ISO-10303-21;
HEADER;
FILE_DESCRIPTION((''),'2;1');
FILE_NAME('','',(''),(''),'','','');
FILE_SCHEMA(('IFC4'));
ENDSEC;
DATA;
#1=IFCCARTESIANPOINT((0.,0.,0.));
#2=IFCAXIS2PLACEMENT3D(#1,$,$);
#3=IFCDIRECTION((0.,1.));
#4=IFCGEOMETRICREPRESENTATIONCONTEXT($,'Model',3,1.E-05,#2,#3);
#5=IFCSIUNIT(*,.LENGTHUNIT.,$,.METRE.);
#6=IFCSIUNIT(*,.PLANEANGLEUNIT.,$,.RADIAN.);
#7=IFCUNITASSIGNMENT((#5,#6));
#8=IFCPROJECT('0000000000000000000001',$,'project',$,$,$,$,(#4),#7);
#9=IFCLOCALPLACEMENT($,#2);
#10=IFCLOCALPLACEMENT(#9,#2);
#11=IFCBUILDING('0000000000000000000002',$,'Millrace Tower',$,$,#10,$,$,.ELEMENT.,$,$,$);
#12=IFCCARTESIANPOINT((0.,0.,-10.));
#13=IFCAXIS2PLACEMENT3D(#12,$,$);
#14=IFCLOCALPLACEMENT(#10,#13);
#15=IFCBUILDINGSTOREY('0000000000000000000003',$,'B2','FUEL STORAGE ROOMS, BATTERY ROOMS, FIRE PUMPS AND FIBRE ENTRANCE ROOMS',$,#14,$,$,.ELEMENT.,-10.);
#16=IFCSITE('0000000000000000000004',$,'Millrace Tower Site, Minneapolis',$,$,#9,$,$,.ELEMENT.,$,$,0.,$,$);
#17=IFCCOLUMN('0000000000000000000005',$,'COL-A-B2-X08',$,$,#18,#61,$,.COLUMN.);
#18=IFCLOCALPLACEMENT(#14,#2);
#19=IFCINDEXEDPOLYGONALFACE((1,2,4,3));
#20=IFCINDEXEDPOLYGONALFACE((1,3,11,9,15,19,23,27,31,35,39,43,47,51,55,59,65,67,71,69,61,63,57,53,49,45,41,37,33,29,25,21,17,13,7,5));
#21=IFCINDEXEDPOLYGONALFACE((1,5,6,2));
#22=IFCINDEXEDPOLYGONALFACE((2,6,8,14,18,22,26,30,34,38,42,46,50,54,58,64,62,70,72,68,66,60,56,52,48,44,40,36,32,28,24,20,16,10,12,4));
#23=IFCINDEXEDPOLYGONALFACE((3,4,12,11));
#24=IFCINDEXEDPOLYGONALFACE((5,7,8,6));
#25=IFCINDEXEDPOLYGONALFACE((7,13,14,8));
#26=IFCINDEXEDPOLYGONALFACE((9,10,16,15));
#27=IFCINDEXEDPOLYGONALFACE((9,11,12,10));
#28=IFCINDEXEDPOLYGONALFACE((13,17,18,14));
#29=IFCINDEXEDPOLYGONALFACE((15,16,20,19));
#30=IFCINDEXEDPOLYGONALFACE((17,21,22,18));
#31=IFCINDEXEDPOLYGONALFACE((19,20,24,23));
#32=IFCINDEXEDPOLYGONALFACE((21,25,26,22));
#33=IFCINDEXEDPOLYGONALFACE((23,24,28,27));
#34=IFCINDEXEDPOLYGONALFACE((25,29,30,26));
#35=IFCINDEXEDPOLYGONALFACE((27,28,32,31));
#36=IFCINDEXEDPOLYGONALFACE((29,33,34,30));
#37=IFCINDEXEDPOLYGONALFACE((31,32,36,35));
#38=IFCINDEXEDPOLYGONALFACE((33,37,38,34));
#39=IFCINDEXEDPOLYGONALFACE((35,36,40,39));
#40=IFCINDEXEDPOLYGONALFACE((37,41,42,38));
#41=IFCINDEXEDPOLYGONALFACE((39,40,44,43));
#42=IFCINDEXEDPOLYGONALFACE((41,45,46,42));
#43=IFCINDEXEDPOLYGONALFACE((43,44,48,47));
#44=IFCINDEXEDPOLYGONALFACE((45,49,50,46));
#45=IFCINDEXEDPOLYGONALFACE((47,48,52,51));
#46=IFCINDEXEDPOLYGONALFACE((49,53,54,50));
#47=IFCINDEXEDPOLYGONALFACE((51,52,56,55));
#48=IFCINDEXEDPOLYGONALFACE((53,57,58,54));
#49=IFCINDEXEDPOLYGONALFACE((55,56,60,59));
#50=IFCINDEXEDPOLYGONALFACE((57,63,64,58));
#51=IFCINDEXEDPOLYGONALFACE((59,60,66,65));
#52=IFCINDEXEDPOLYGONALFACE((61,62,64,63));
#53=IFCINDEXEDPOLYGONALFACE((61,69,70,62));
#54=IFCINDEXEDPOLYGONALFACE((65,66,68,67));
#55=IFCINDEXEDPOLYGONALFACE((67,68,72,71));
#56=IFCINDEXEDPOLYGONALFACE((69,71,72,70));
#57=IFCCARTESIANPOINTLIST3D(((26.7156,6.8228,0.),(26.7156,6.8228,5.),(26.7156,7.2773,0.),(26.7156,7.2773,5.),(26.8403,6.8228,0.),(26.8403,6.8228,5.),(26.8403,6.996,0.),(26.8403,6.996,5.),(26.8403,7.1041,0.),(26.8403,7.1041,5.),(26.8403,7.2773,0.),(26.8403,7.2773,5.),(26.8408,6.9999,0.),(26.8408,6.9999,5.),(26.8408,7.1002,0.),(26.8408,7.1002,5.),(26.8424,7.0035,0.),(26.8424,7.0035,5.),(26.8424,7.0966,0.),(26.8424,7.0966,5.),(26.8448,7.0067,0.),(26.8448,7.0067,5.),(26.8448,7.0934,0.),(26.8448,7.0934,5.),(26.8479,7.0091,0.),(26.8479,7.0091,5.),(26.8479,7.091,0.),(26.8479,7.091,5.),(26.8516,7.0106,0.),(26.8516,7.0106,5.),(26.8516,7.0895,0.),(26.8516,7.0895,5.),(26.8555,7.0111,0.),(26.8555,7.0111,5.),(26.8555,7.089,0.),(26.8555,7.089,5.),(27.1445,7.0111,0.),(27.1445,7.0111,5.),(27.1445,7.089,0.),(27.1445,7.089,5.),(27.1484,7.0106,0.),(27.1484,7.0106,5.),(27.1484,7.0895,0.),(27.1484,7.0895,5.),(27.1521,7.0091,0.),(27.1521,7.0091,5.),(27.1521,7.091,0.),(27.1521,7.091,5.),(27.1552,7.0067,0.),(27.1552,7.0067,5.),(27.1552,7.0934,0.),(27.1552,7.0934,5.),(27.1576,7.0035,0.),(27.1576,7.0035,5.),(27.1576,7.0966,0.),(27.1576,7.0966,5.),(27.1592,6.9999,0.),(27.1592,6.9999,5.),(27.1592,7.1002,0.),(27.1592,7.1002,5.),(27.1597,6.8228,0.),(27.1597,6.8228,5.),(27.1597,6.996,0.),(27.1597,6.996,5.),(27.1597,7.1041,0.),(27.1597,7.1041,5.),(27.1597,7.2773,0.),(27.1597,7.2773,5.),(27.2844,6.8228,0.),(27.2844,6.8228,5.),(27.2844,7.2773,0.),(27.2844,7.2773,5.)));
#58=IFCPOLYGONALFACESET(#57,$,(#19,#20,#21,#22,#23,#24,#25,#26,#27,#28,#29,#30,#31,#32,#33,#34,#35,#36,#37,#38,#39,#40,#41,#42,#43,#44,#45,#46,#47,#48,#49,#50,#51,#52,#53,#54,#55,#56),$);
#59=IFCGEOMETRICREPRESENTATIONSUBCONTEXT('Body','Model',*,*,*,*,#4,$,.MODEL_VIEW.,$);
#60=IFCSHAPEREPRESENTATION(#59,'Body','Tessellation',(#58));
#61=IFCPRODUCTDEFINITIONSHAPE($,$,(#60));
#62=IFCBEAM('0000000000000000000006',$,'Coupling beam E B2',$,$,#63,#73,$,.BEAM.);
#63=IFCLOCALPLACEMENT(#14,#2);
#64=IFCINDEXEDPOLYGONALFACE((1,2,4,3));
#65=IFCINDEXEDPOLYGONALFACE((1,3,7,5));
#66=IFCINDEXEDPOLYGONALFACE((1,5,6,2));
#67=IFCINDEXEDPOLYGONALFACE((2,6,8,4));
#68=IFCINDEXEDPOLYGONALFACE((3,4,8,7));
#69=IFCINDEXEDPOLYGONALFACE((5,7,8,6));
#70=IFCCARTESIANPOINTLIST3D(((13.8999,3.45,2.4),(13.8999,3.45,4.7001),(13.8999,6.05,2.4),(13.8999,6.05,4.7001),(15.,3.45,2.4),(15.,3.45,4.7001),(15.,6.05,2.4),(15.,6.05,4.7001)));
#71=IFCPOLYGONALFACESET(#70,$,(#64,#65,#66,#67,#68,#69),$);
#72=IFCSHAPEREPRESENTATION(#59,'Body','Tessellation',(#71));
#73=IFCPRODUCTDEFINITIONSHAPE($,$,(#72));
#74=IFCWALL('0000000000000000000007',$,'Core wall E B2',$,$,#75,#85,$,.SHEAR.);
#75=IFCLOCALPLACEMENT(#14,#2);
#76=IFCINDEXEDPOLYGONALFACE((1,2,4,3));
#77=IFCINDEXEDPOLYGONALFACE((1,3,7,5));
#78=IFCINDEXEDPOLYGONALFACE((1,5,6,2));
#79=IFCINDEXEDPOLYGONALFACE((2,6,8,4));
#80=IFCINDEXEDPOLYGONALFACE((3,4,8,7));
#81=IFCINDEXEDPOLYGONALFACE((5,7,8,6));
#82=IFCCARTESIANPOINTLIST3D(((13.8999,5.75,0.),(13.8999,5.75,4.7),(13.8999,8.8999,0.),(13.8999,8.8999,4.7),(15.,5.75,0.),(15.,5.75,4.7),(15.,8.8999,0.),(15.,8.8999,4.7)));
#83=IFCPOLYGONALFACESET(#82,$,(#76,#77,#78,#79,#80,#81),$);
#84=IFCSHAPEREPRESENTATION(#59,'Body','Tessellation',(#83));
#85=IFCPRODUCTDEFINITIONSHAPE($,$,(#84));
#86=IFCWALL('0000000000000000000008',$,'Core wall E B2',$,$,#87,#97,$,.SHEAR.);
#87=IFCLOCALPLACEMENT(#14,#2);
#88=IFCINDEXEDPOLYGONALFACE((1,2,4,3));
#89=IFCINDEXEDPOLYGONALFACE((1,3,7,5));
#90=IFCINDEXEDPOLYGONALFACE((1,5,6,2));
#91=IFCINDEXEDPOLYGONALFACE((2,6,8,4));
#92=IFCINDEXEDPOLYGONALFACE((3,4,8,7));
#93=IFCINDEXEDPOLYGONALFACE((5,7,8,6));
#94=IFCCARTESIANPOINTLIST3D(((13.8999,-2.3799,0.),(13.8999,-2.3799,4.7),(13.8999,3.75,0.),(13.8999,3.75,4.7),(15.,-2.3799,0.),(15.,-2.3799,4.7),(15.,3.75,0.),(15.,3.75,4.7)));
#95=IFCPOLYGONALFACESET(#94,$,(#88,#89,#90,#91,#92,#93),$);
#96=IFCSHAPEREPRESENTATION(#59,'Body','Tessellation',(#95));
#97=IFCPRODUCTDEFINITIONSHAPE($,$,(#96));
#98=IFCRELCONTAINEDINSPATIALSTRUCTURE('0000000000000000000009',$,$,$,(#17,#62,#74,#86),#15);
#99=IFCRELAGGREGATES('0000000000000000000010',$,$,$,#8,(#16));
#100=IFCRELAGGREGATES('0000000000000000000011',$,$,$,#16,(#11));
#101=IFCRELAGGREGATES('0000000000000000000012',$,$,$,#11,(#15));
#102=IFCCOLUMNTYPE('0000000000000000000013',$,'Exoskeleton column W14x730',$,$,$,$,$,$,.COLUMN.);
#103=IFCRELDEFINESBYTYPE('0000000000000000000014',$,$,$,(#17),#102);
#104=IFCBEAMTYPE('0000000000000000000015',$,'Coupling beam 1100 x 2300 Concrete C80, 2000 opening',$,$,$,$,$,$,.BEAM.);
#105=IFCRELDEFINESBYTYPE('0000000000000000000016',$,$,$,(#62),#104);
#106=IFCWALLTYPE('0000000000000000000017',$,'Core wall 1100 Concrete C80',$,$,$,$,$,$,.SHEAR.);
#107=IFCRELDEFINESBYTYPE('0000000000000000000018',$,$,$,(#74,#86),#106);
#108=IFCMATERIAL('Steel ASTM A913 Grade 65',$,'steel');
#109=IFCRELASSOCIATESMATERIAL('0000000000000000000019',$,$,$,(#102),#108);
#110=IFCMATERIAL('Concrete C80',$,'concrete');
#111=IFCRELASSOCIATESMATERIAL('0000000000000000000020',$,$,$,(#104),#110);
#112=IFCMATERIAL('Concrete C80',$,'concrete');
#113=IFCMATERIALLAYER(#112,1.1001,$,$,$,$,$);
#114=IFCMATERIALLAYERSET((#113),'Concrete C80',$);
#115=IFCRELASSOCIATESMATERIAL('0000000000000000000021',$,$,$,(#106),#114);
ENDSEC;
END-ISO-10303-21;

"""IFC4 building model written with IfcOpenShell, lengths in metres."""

from ifc_helpers import new_model, si_unit, direction, frame, frame_2d, origin, origin_2d, place, context, subcontext, project, spatial, rectangle, i_section, extrude, material, layer, layer_set, material_profile, profile_set, type_object, element, save


model = new_model("IFC4")

# Units and contexts
model_context = context("Model", 3, precision=1e-05, world=origin(), true_north=direction((0.0, 1.0)))
body_context = subcontext(model_context, "Body", "Model", "MODEL_VIEW")
ifc_project = project(units=[si_unit("LENGTHUNIT", "METRE"), si_unit("PLANEANGLEUNIT", "RADIAN")], contexts=[model_context])

# Site, building, storey
site_placement = place(None, origin())
site = spatial("IfcSite", under=ifc_project, at=site_placement, Name="Millrace Tower Site, Minneapolis", CompositionType="ELEMENT", RefElevation=0.0)
building_placement = place(site_placement, origin())
building = spatial("IfcBuilding", under=site, at=building_placement, Name="Millrace Tower", CompositionType="ELEMENT")
storey_placement = place(building_placement, frame((0.0, 0.0, -10.0)))
storey = spatial("IfcBuildingStorey", under=building, at=storey_placement, Name="B2", Description="FUEL STORAGE ROOMS, BATTERY ROOMS, FIRE PUMPS AND FIBRE ENTRANCE ROOMS", CompositionType="ELEMENT", Elevation=-10.0)

# Column
ifc_material_1 = material(Name="Steel ASTM A913 Grade 65", Category="steel")
ifc_material_profile_1 = material_profile(ifc_material_1, i_section(OverallWidth=0.4546, OverallDepth=0.5688, WebThickness=0.0779, FlangeThickness=0.1248, FilletRadius=0.0151, at=origin_2d()))
ifc_profile_set_1 = profile_set([ifc_material_profile_1], Name="Steel ASTM A913 Grade 65")
column_type = type_object("IfcColumnType", Name="Exoskeleton column W14x730", PredefinedType="COLUMN", material=ifc_profile_set_1)
placement = place(storey_placement, frame((27.0, 7.05, 0.0), z_axis=(0.0, 0.0, 1.0), x_axis=(0.0, 1.0, 0.0)))
element("IfcColumn", 1, at=placement, inside=storey, type_object=column_type, Name="COL-A-B2-X08", PredefinedType="COLUMN", context=body_context, shape_type="SweptSolid", body=[
    extrude(i_section(OverallWidth=0.4546, OverallDepth=0.5688, WebThickness=0.0779, FlangeThickness=0.1248, FilletRadius=0.0151, at=origin_2d()), origin(), (0.0, 0.0, 1.0), 5.0),
])

# Beam
ifc_material_2 = material(Name="Concrete C80", Category="concrete")
ifc_material_profile_2 = material_profile(ifc_material_2, rectangle(XDim=1.1001, YDim=2.3, at=origin_2d()))
ifc_profile_set_2 = profile_set([ifc_material_profile_2], Name="Concrete C80")
beam_type = type_object("IfcBeamType", Name="Coupling beam 1100 x 2300 Concrete C80, 2000 opening", PredefinedType="BEAM", material=ifc_profile_set_2)
beam_placement = place(storey_placement, frame((14.45, 6.05, 3.55), z_axis=(0.0, -1.0, 0.0), x_axis=(1.0, 0.0, 0.0)))
element("IfcBeam", 2, at=beam_placement, inside=storey, type_object=beam_type, Name="Coupling beam E B2", PredefinedType="BEAM", context=body_context, shape_type="SweptSolid", body=[
    extrude(rectangle(XDim=1.1001, YDim=2.3, at=origin_2d()), origin(), (0.0, 0.0, 1.0), 2.6001),
])

# Walls
ifc_material_3 = material(Name="Concrete C80", Category="concrete")
ifc_layer_1 = layer(ifc_material_3, 1.1001)
ifc_layer_set_1 = layer_set([ifc_layer_1], Name="Concrete C80")
wall_type_1 = type_object("IfcWallType", Name="Core wall 1100 Concrete C80", PredefinedType="SHEAR", material=ifc_layer_set_1)
wall_1_placement = place(storey_placement, frame((14.45, 8.8999, 0.0), z_axis=(0.0, 0.0, 1.0), x_axis=(0.0, -1.0, 0.0)))
element("IfcWall", 3, at=wall_1_placement, inside=storey, type_object=wall_type_1, Name="Core wall E B2", PredefinedType="SHEAR", context=body_context, shape_type="SweptSolid", body=[
    extrude(rectangle(XDim=3.1499, YDim=1.1001, at=frame_2d((1.575, 0.0))), origin(), (0.0, 0.0, 1.0), 4.7),
])
wall_2_placement = place(storey_placement, frame((14.45, 3.75, 0.0), z_axis=(0.0, 0.0, 1.0), x_axis=(0.0, -1.0, 0.0)))
element("IfcWall", 4, at=wall_2_placement, inside=storey, type_object=wall_type_1, Name="Core wall E B2", PredefinedType="SHEAR", context=body_context, shape_type="SweptSolid", body=[
    extrude(rectangle(XDim=6.1299, YDim=1.1001, at=frame_2d((3.0649, 0.0))), origin(), (0.0, 0.0, 1.0), 4.7),
])

save(model, "model.ifc")
